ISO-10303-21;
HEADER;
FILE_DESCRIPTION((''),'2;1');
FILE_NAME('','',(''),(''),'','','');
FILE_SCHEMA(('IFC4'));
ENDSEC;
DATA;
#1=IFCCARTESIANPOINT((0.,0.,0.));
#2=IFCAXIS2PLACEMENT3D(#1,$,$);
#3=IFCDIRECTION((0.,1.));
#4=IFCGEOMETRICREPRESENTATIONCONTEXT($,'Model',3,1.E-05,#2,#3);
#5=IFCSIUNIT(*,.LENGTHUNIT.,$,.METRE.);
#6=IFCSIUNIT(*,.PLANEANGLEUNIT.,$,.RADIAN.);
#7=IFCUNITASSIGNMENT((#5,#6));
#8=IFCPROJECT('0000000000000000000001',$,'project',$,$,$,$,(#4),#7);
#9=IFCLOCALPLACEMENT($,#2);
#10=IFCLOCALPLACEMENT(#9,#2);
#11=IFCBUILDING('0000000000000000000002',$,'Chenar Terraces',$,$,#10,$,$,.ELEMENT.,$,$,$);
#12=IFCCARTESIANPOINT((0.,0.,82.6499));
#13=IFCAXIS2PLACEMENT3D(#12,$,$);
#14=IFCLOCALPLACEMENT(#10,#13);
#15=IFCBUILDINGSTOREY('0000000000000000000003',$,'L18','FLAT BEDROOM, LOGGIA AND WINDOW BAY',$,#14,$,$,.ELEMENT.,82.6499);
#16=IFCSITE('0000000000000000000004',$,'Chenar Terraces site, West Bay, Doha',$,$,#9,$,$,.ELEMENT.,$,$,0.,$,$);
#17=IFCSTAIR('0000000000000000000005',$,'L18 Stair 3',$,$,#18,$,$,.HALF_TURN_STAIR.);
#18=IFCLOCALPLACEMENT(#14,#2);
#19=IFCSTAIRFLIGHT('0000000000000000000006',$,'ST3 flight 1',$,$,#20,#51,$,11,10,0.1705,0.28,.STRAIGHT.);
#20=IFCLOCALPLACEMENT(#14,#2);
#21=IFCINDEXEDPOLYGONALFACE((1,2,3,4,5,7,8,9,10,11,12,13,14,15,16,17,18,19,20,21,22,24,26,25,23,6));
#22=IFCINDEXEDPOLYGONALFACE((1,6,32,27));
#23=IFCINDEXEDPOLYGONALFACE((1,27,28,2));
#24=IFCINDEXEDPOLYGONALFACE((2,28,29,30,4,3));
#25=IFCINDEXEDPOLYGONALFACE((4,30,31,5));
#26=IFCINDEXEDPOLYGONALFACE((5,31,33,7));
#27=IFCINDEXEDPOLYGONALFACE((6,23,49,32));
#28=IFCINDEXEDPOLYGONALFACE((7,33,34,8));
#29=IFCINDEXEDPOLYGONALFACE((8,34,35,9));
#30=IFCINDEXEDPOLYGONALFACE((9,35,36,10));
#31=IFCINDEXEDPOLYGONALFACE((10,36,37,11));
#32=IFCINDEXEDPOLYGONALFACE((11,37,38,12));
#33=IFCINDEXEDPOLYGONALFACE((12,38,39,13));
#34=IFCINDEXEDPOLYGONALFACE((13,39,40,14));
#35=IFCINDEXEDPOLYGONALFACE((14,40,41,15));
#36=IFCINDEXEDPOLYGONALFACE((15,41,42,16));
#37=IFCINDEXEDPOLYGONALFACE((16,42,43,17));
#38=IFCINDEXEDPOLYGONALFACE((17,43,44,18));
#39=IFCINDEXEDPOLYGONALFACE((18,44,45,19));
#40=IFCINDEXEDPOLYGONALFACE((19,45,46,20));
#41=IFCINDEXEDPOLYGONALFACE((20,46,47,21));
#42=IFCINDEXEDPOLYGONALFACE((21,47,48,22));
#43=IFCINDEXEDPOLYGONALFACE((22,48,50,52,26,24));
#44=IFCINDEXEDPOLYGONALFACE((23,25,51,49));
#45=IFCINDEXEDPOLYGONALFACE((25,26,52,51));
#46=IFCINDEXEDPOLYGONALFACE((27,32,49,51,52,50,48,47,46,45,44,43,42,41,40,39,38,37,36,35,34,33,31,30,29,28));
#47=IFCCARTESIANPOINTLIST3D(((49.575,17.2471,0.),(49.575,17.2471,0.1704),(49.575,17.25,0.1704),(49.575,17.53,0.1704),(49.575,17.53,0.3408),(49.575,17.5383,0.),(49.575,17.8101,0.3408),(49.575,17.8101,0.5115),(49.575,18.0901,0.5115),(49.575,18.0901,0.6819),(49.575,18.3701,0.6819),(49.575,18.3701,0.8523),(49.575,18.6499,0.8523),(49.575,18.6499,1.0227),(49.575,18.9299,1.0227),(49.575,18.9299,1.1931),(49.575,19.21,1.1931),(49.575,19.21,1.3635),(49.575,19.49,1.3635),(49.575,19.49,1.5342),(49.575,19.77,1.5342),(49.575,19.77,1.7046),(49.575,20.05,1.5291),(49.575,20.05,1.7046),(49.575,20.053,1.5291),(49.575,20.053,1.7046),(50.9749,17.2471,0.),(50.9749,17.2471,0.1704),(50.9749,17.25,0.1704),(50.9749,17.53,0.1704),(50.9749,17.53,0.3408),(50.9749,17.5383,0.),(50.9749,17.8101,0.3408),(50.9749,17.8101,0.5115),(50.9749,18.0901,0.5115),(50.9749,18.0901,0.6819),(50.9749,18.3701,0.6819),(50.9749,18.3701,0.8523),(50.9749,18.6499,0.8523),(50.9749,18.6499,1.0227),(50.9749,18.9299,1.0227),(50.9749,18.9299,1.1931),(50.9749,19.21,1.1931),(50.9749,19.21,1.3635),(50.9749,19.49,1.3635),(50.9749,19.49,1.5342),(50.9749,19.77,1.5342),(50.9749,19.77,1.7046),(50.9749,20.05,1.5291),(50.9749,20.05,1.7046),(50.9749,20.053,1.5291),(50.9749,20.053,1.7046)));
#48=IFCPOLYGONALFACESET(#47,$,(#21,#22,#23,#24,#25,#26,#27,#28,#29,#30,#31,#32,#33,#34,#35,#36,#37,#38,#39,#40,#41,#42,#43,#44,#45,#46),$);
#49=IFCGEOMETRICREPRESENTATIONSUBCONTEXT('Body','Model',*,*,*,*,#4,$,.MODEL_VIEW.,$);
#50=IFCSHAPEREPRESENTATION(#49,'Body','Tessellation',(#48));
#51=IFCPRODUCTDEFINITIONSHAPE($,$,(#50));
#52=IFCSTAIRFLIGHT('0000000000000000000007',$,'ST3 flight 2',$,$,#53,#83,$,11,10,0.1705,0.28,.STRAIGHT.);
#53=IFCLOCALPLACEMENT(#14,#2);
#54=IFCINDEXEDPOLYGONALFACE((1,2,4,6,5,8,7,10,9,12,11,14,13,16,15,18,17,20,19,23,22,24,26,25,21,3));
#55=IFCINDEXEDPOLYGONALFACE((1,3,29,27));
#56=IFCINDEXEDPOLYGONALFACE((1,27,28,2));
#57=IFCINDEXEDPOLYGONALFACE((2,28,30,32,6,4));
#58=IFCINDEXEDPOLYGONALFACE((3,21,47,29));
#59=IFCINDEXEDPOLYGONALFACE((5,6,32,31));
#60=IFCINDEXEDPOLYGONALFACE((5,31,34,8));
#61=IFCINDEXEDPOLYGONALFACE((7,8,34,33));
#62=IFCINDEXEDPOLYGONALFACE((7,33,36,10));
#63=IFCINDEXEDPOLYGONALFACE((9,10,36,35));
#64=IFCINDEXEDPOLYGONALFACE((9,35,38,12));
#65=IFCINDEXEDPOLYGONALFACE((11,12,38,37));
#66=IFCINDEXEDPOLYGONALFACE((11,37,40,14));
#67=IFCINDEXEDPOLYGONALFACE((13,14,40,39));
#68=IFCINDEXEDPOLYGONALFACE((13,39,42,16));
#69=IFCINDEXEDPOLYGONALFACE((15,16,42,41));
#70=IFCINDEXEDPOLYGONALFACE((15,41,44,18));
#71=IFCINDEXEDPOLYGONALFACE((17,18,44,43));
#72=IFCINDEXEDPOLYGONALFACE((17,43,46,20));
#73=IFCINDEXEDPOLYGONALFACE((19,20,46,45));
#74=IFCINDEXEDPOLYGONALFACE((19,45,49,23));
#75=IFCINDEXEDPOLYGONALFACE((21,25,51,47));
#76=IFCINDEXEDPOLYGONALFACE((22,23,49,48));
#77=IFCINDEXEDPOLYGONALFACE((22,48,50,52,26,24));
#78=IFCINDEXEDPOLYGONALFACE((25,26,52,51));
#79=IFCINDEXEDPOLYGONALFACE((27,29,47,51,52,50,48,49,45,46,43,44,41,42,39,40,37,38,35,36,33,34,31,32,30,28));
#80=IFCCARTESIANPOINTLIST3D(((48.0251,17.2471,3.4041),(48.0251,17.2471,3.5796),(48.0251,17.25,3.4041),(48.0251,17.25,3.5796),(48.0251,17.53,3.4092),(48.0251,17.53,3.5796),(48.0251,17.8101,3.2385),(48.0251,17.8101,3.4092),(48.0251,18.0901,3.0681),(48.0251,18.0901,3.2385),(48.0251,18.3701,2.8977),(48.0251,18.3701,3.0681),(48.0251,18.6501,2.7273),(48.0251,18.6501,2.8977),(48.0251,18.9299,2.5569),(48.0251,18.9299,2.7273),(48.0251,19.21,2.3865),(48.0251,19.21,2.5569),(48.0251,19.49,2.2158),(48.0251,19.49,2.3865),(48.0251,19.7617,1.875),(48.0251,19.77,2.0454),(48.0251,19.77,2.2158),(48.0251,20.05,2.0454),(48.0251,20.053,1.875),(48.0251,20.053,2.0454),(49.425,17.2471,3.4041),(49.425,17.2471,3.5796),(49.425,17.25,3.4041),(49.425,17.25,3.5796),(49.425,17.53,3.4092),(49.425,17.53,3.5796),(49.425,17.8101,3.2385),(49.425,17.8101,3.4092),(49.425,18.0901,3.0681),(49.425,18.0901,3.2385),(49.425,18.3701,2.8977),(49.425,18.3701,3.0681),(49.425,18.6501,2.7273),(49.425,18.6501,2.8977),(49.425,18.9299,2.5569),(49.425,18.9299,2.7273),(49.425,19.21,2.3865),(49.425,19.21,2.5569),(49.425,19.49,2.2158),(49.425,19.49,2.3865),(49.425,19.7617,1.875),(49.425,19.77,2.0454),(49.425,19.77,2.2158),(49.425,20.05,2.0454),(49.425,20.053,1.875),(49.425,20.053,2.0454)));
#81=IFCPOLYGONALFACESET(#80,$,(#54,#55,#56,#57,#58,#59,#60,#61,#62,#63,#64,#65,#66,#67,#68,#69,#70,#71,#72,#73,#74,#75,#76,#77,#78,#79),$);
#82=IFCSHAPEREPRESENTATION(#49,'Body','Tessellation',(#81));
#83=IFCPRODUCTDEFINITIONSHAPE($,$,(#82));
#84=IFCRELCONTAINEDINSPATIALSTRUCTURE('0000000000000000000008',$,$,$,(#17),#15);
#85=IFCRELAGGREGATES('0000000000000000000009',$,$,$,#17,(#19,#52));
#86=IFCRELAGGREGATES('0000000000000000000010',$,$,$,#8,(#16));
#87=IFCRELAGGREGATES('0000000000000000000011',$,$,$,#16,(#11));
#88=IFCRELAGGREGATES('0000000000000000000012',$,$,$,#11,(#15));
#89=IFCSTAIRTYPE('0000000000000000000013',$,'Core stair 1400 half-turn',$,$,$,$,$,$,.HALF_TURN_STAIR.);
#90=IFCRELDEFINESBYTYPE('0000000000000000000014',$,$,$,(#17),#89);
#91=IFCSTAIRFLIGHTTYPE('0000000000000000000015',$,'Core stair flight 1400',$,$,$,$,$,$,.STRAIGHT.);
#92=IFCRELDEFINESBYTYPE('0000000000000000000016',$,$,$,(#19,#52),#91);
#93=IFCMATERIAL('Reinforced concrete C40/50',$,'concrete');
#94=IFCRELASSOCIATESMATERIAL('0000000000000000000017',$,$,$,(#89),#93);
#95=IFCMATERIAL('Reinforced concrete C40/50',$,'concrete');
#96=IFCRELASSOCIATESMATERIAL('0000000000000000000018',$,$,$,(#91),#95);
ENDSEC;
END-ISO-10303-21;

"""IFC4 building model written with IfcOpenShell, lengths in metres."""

from ifc_helpers import new_model, si_unit, direction, frame, origin, place, context, subcontext, project, spatial, polyline, outline, extrude, material, type_object, element, aggregate, save


model = new_model("IFC4")

# Units and contexts
model_context = context("Model", 3, precision=1e-05, world=origin(), true_north=direction((0.0, 1.0)))
body_context = subcontext(model_context, "Body", "Model", "MODEL_VIEW")
ifc_project = project(units=[si_unit("LENGTHUNIT", "METRE"), si_unit("PLANEANGLEUNIT", "RADIAN")], contexts=[model_context])

# Site, building, storey
site_placement = place(None, origin())
site = spatial("IfcSite", under=ifc_project, at=site_placement, Name="Chenar Terraces site, West Bay, Doha", CompositionType="ELEMENT", RefElevation=0.0)
building_placement = place(site_placement, origin())
building = spatial("IfcBuilding", under=site, at=building_placement, Name="Chenar Terraces", CompositionType="ELEMENT")
storey_placement = place(building_placement, frame((0.0, 0.0, 82.6499)))
storey = spatial("IfcBuildingStorey", under=building, at=storey_placement, Name="L18", Description="FLAT BEDROOM, LOGGIA AND WINDOW BAY", CompositionType="ELEMENT", Elevation=82.6499)

# Stair, stair flights
ifc_material_1 = material(Name="Reinforced concrete C40/50", Category="concrete")
stair_type = type_object("IfcStairType", Name="Core stair 1400 half-turn", PredefinedType="HALF_TURN_STAIR", material=ifc_material_1)
stair_placement = place(storey_placement, origin())
stair = element("IfcStair", 1, at=stair_placement, inside=storey, type_object=stair_type, Name="L18 Stair 3", PredefinedType="HALF_TURN_STAIR")
ifc_material_2 = material(Name="Reinforced concrete C40/50", Category="concrete")
stair_flight_type = type_object("IfcStairFlightType", Name="Core stair flight 1400", PredefinedType="STRAIGHT", material=ifc_material_2)
stair_flight_1_placement = place(storey_placement, frame((50.2749, 17.25, 0.0), z_axis=(0.0, 0.0, 1.0), x_axis=(0.0, 1.0, 0.0)))
stair_flight_1 = element("IfcStairFlight", 2, at=stair_flight_1_placement, type_object=stair_flight_type, Name="ST3 flight 1", NumberOfRisers=11, NumberOfTreads=10, PredefinedType="STRAIGHT", RiserHeight=0.1705, TreadLength=0.28, context=body_context, shape_type="SweptSolid", body=[
    extrude(outline(polyline([(-0.0029, 0.0), (-0.0029, 0.1704), (0.0, 0.1704), (0.28, 0.1704), (0.28, 0.3408), (0.5601, 0.3408), (0.5601, 0.5115), (0.8401, 0.5115), (0.8401, 0.6819), (1.1201, 0.6819), (1.1201, 0.8523), (1.3999, 0.8523), (1.3999, 1.0227), (1.6799, 1.0227), (1.6799, 1.1931), (1.96, 1.1931), (1.96, 1.3635), (2.24, 1.3635), (2.24, 1.5342), (2.52, 1.5342), (2.52, 1.7046), (2.8, 1.7046), (2.803, 1.7046), (2.803, 1.5291), (2.8, 1.5291), (0.2883, 0.0), (-0.0029, 0.0)])), frame((0.0, 0.7, 0.0), z_axis=(0.0, -1.0, 0.0), x_axis=(1.0, 0.0, 0.0)), (0.0, 0.0, 1.0), 1.3999),
])
stair_flight_2_placement = place(storey_placement, frame((48.7251, 20.05, 1.875), z_axis=(0.0, 0.0, 1.0), x_axis=(0.0, -1.0, 0.0)))
stair_flight_2 = element("IfcStairFlight", 3, at=stair_flight_2_placement, type_object=stair_flight_type, Name="ST3 flight 2", NumberOfRisers=11, NumberOfTreads=10, PredefinedType="STRAIGHT", RiserHeight=0.1705, TreadLength=0.28, context=body_context, shape_type="SweptSolid", body=[
    extrude(outline(polyline([(-0.0029, 0.0), (-0.0029, 0.1704), (0.0, 0.1704), (0.28, 0.1704), (0.28, 0.3408), (0.5601, 0.3408), (0.5601, 0.5115), (0.8401, 0.5115), (0.8401, 0.6819), (1.1201, 0.6819), (1.1201, 0.8523), (1.3999, 0.8523), (1.3999, 1.0227), (1.6799, 1.0227), (1.6799, 1.1931), (1.96, 1.1931), (1.96, 1.3635), (2.24, 1.3635), (2.24, 1.5342), (2.52, 1.5342), (2.52, 1.7046), (2.8, 1.7046), (2.803, 1.7046), (2.803, 1.5291), (2.8, 1.5291), (0.2883, 0.0), (-0.0029, 0.0)])), frame((0.0, 0.7, 0.0), z_axis=(0.0, -1.0, 0.0), x_axis=(1.0, 0.0, 0.0)), (0.0, 0.0, 1.0), 1.3999),
])
aggregate(stair, [stair_flight_1, stair_flight_2])

save(model, "model.ifc")
